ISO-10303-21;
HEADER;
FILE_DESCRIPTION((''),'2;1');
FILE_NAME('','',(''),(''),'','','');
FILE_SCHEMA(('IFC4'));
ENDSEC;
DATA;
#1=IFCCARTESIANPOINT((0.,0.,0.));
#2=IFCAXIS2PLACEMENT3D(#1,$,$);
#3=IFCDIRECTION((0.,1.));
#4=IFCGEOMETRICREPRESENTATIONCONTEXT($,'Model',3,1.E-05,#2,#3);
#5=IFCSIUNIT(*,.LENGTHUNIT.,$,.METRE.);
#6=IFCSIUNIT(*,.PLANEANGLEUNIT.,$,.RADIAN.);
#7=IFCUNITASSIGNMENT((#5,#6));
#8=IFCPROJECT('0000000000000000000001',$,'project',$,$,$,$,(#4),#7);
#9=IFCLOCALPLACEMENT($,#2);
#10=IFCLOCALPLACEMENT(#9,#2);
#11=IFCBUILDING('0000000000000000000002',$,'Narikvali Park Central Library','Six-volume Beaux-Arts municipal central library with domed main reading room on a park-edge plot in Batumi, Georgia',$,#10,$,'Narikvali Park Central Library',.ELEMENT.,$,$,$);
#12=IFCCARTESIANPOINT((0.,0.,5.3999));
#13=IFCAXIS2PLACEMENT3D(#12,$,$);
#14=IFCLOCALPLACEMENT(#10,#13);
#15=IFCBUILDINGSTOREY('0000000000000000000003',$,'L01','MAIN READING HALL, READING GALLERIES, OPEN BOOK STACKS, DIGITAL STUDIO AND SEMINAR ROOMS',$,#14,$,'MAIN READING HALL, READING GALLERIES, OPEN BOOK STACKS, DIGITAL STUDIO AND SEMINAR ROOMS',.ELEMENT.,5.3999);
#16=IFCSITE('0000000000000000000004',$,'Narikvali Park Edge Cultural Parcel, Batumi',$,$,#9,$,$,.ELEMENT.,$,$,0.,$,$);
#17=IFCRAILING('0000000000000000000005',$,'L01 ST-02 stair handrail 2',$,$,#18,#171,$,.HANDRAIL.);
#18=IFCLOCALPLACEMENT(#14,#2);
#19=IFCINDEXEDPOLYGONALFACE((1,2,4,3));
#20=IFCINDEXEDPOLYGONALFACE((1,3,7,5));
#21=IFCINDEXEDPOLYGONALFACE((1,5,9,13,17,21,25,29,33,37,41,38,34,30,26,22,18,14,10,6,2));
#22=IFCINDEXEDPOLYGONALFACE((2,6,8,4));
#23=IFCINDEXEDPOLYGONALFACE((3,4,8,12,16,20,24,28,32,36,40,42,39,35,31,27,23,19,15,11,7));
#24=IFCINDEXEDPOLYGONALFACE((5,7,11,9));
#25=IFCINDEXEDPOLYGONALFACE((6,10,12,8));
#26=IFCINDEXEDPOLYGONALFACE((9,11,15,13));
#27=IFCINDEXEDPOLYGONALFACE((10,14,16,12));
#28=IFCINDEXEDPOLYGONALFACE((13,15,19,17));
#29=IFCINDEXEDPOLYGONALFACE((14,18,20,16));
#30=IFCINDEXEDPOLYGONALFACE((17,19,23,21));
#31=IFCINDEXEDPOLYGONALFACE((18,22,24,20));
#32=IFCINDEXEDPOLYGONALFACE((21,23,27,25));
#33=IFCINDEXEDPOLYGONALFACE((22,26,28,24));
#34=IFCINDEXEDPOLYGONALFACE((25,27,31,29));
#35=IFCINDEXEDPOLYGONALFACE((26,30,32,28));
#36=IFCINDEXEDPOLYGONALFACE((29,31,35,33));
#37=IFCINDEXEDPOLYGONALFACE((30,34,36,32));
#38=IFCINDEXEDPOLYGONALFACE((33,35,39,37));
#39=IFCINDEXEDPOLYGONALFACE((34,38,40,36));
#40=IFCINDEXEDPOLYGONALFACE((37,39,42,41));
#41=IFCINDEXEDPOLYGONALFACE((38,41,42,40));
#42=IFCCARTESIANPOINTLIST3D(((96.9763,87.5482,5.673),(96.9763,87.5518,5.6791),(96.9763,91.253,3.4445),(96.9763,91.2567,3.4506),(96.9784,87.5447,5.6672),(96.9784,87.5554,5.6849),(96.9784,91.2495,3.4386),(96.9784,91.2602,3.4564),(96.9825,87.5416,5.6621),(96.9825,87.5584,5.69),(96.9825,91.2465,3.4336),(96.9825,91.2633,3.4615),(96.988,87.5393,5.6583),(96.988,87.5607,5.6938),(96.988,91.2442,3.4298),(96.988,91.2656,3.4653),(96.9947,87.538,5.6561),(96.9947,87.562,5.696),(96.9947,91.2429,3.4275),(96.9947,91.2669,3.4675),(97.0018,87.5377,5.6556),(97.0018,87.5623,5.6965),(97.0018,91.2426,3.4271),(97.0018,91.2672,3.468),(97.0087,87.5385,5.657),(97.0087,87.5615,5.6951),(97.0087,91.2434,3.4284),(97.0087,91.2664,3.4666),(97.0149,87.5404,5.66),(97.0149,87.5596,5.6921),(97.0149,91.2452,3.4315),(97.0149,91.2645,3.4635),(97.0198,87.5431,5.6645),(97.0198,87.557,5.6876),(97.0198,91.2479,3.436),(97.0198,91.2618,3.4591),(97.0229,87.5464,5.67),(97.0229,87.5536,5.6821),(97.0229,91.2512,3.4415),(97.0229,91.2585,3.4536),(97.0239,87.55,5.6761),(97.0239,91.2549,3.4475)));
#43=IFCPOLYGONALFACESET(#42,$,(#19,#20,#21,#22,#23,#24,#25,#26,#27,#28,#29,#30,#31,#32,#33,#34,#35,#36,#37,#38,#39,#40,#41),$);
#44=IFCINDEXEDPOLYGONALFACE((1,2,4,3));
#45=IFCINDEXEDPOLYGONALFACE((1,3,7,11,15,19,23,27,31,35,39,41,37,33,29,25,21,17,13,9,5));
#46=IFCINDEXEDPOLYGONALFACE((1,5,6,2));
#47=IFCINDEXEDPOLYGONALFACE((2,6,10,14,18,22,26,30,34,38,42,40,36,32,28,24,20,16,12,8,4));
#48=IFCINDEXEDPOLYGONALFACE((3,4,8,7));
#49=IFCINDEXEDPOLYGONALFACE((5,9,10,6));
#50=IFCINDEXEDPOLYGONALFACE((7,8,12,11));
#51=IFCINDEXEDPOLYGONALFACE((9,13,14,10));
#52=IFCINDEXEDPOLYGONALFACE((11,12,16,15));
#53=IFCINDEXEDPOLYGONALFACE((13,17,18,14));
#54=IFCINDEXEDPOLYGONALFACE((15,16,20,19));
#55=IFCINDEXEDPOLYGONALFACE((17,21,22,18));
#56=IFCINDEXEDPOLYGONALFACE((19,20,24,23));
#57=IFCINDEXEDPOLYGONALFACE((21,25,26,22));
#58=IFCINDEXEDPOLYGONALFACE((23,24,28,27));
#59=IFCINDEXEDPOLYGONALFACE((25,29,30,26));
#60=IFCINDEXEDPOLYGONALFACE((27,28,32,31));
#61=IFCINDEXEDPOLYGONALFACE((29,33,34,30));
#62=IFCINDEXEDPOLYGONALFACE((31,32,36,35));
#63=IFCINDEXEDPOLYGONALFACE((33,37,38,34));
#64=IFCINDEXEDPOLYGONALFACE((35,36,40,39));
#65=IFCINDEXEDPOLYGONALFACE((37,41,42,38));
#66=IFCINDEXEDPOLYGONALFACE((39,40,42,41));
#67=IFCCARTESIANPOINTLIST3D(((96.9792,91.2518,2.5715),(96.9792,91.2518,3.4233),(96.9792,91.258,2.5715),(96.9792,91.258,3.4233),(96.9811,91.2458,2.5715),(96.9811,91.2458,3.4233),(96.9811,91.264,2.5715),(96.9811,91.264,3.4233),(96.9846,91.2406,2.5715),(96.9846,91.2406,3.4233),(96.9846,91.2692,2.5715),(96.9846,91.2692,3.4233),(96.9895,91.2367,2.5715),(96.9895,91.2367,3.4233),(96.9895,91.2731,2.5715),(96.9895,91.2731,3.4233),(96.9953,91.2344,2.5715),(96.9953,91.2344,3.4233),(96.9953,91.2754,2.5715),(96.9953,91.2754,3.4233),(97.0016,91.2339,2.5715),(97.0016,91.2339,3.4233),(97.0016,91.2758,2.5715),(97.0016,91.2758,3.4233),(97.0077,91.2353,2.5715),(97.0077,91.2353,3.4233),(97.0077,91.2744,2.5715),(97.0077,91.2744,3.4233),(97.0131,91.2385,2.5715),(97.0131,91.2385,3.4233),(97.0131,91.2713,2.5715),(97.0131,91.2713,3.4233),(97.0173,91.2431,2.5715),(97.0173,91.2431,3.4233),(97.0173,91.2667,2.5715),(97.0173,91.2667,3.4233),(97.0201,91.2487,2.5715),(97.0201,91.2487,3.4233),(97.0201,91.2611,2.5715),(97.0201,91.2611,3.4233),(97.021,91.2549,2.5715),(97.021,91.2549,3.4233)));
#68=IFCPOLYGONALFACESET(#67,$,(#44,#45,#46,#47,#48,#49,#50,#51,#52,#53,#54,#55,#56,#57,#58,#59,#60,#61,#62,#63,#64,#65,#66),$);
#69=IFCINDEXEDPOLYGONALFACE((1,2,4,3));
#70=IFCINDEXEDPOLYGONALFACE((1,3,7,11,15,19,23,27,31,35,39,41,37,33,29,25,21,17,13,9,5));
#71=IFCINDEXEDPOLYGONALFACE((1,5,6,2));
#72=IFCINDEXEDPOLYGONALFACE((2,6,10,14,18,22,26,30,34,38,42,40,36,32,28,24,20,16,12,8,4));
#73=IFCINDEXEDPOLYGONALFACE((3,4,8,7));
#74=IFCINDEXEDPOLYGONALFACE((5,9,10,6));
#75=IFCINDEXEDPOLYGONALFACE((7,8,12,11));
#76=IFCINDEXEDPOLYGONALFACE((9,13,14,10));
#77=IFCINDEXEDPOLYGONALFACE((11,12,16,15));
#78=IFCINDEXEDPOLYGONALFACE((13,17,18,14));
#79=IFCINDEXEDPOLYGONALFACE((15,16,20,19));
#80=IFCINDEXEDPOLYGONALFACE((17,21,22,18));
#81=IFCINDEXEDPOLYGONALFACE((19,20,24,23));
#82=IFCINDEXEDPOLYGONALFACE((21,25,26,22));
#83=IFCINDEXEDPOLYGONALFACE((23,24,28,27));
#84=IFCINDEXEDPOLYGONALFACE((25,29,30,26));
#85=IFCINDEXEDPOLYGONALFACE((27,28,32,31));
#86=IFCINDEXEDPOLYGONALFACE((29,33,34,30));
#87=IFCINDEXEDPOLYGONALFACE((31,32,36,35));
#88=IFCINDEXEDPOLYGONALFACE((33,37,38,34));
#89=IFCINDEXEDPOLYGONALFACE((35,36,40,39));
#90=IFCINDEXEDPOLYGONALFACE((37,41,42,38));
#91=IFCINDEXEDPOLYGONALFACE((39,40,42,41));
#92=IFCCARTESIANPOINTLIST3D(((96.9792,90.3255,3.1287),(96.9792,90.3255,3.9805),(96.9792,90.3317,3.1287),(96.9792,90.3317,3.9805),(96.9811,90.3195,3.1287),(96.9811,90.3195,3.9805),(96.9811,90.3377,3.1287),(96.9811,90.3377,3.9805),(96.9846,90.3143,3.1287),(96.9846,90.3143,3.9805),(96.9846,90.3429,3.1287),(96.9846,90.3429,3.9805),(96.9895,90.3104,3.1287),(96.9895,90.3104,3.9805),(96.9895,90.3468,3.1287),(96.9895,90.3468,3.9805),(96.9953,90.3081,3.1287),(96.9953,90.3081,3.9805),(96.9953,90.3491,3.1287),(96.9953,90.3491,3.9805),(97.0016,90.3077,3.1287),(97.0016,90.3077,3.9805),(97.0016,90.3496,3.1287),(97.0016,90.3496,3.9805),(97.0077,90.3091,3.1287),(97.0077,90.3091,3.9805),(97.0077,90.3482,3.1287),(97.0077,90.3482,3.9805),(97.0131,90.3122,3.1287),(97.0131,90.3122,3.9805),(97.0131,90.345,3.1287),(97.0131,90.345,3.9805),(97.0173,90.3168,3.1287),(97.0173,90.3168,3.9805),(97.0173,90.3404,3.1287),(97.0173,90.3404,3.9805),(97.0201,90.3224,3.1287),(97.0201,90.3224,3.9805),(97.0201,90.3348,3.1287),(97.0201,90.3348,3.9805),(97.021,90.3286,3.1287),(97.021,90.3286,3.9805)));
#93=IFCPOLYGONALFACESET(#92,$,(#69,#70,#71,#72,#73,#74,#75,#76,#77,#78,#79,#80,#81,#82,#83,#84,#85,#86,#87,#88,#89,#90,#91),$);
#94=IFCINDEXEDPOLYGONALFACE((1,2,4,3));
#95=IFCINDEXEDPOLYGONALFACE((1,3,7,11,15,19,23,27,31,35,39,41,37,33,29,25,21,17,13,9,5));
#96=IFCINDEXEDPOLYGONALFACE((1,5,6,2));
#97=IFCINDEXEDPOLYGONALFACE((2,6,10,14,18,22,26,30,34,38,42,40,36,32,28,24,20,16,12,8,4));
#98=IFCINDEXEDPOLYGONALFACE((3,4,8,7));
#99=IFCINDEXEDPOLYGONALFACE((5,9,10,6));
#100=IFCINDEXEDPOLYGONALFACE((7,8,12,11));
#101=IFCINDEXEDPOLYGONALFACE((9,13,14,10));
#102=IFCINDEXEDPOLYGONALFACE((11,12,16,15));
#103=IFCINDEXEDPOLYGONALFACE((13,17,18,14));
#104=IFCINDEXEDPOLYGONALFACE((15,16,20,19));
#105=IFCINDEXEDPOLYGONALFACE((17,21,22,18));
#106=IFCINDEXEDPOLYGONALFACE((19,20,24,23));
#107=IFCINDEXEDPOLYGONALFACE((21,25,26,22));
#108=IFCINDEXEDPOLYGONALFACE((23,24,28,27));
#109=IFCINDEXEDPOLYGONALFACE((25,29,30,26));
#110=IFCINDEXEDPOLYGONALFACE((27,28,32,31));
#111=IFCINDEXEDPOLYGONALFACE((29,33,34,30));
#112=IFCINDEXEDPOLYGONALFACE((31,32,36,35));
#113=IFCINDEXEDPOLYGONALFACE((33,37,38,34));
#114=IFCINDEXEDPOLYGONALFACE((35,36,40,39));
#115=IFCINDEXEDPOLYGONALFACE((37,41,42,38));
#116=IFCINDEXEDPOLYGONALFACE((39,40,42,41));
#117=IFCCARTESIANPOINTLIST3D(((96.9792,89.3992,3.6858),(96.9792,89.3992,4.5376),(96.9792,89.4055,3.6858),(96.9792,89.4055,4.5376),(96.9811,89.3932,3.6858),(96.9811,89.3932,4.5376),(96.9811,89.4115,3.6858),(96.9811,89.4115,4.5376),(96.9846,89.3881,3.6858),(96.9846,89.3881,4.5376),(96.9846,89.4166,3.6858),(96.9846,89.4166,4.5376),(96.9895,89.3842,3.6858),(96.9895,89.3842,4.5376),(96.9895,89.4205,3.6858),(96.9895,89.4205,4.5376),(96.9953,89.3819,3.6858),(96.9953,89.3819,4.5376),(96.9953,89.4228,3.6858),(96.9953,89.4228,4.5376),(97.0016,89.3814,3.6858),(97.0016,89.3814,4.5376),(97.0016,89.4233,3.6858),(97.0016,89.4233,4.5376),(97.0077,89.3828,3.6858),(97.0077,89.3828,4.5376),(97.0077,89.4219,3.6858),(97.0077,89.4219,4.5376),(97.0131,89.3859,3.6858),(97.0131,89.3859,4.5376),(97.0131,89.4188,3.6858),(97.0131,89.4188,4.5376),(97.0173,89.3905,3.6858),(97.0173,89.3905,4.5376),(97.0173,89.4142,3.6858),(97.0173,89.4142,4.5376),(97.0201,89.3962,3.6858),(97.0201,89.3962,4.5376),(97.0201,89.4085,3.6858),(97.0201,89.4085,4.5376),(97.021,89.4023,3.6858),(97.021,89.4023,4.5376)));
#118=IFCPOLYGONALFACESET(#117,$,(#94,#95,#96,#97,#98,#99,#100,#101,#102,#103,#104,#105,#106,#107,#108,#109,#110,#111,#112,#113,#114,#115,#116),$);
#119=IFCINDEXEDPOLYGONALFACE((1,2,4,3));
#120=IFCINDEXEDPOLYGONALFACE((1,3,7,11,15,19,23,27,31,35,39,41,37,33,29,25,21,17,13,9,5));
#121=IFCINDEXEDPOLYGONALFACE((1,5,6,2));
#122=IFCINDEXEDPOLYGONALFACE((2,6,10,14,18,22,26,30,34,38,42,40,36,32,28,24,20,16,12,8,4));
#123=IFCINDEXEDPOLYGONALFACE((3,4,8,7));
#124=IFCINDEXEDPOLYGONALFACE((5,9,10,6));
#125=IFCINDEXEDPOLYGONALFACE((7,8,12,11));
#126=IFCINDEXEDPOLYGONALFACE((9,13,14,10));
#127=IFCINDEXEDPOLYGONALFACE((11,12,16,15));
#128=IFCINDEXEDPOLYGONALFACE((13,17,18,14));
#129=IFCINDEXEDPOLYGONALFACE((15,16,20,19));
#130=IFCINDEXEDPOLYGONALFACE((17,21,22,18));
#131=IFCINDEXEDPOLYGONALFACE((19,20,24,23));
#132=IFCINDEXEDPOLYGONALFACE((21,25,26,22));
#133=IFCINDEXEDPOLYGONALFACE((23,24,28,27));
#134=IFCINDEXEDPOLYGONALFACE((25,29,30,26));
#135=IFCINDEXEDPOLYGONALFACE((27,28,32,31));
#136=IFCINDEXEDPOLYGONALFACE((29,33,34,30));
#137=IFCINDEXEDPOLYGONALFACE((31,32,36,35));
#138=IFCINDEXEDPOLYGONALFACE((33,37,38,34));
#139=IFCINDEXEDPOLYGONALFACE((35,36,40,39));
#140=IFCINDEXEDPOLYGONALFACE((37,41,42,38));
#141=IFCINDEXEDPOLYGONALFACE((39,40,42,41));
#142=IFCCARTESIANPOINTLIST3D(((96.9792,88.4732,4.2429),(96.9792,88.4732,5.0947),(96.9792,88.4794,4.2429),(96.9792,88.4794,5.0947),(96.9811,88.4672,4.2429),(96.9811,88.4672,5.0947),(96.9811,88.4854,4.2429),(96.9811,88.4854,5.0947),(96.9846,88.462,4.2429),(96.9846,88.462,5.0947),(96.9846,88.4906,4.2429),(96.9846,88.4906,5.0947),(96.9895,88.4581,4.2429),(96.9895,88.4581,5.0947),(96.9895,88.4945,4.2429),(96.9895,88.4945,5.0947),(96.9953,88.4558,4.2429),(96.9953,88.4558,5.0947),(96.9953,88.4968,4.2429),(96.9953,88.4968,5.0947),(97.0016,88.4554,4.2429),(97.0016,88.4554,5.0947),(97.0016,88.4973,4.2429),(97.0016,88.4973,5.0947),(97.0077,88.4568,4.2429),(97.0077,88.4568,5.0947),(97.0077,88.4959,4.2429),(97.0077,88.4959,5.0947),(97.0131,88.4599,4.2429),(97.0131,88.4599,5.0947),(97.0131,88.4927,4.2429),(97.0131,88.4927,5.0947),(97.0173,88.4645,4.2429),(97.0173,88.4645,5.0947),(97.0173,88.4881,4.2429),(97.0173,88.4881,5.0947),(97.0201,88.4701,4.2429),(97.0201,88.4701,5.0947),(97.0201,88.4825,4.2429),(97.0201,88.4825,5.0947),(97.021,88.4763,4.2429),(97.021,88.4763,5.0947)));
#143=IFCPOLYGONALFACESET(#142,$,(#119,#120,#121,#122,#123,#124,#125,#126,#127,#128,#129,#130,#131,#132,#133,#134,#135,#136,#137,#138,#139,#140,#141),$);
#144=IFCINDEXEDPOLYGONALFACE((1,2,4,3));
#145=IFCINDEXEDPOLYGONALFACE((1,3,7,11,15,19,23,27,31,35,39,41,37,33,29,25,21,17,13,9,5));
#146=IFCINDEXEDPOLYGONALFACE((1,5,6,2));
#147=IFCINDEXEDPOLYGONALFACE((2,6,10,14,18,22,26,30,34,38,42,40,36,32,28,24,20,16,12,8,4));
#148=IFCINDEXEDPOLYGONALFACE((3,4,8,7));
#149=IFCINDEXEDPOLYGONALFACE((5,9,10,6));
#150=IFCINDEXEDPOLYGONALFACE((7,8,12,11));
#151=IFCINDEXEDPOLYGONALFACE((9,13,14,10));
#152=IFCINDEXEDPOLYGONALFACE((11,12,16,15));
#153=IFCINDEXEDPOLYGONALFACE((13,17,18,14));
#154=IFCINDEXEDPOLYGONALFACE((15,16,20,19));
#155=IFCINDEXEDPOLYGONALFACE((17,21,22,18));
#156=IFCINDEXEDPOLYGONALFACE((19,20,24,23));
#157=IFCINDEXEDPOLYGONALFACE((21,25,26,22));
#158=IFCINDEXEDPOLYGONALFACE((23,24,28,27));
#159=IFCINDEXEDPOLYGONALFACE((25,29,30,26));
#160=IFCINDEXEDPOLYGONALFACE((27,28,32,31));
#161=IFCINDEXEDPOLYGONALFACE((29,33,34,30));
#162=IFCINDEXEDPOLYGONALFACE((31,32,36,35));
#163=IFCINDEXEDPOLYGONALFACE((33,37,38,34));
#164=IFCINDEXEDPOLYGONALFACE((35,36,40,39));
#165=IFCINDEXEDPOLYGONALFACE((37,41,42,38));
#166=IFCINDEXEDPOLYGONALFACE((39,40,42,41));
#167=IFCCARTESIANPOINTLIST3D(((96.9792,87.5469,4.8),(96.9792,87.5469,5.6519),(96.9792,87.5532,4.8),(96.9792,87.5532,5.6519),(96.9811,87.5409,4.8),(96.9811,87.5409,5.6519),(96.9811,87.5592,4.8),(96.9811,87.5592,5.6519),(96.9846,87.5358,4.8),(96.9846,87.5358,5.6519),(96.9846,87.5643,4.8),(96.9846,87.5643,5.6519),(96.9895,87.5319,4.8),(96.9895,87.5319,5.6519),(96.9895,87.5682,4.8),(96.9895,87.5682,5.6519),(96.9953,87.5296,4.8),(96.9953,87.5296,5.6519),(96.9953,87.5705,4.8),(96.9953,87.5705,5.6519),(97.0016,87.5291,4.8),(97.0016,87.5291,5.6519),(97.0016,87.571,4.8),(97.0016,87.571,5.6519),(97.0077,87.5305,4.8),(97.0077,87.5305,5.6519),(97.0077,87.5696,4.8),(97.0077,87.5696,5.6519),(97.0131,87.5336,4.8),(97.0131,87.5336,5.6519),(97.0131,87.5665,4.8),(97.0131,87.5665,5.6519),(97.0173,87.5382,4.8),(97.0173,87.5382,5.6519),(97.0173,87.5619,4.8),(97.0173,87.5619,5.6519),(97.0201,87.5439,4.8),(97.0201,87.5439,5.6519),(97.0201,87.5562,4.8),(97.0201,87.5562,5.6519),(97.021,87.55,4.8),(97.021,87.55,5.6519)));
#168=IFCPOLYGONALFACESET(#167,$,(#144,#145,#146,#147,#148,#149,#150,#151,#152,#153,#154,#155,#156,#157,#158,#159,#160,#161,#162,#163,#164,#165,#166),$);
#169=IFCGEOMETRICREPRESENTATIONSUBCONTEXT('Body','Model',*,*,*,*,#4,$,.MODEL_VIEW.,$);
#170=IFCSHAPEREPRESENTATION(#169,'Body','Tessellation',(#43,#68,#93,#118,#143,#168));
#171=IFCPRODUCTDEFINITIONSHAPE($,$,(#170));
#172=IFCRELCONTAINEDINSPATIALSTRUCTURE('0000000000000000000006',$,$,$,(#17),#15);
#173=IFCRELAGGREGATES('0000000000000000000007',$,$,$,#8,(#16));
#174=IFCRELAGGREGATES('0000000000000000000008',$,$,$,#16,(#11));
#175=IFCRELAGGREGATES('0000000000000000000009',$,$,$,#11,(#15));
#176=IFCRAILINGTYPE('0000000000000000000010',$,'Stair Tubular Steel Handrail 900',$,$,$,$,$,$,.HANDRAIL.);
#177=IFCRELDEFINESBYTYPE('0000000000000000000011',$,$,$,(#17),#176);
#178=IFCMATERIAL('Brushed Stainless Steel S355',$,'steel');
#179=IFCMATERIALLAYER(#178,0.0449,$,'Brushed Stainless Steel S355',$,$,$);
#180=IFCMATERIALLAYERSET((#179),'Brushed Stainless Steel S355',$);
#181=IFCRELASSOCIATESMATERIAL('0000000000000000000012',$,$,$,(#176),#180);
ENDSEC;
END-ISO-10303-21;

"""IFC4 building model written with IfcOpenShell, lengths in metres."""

from ifc_helpers import new_model, si_unit, direction, frame, origin, origin_2d, place, context, subcontext, project, spatial, circle, extrude, material, layer, layer_set, type_object, element, save


model = new_model("IFC4")

# Units and contexts
model_context = context("Model", 3, precision=1e-05, world=origin(), true_north=direction((0.0, 1.0)))
body_context = subcontext(model_context, "Body", "Model", "MODEL_VIEW")
ifc_project = project(units=[si_unit("LENGTHUNIT", "METRE"), si_unit("PLANEANGLEUNIT", "RADIAN")], contexts=[model_context])

# Site, building, storey
site_placement = place(None, origin())
site = spatial("IfcSite", under=ifc_project, at=site_placement, Name="Narikvali Park Edge Cultural Parcel, Batumi", CompositionType="ELEMENT", RefElevation=0.0)
building_placement = place(site_placement, origin())
building = spatial("IfcBuilding", under=site, at=building_placement, Name="Narikvali Park Central Library", Description="Six-volume Beaux-Arts municipal central library with domed main reading room on a park-edge plot in Batumi, Georgia", LongName="Narikvali Park Central Library", CompositionType="ELEMENT")
storey_placement = place(building_placement, frame((0.0, 0.0, 5.3999)))
storey = spatial("IfcBuildingStorey", under=building, at=storey_placement, Name="L01", Description="MAIN READING HALL, READING GALLERIES, OPEN BOOK STACKS, DIGITAL STUDIO AND SEMINAR ROOMS", LongName="MAIN READING HALL, READING GALLERIES, OPEN BOOK STACKS, DIGITAL STUDIO AND SEMINAR ROOMS", CompositionType="ELEMENT", Elevation=5.3999)

# Shared definitions
ifc_material_1 = material(Name="Brushed Stainless Steel S355", Category="steel")

# Railing
ifc_layer_1 = layer(ifc_material_1, 0.0449, Name="Brushed Stainless Steel S355")
ifc_layer_set_1 = layer_set([ifc_layer_1], Name="Brushed Stainless Steel S355")
railing_type_1 = type_object("IfcRailingType", Name="Stair Tubular Steel Handrail 900", PredefinedType="HANDRAIL", material=ifc_layer_set_1)
railing_1_placement = place(storey_placement, frame((97.0, 91.2549, 2.5715)))
element("IfcRailing", 1, at=railing_1_placement, inside=storey, type_object=railing_type_1, Name="L01 ST-02 stair handrail 2", PredefinedType="HANDRAIL", context=body_context, shape_type="SweptSolid", body=[
    extrude(circle(Radius=0.0239, at=origin_2d()), frame((0.0, 0.0, 0.876), z_axis=(0.0, -0.856919, 0.51545), x_axis=(1.0, 0.0, 0.0)), (0.0, 0.0, 1.0), 4.3235),
    extrude(circle(Radius=0.021, at=origin_2d()), origin(), (0.0, 0.0, 1.0), 0.8518),
    extrude(circle(Radius=0.021, at=origin_2d()), frame((0.0, -0.9263, 0.5571)), (0.0, 0.0, 1.0), 0.8518),
    extrude(circle(Radius=0.021, at=origin_2d()), frame((0.0, -1.8525, 1.1143)), (0.0, 0.0, 1.0), 0.8518),
    extrude(circle(Radius=0.021, at=origin_2d()), frame((0.0, -2.7786, 1.6714)), (0.0, 0.0, 1.0), 0.8518),
    extrude(circle(Radius=0.021, at=origin_2d()), frame((0.0, -3.7048, 2.2285)), (0.0, 0.0, 1.0), 0.8518),
])

save(model, "model.ifc")
